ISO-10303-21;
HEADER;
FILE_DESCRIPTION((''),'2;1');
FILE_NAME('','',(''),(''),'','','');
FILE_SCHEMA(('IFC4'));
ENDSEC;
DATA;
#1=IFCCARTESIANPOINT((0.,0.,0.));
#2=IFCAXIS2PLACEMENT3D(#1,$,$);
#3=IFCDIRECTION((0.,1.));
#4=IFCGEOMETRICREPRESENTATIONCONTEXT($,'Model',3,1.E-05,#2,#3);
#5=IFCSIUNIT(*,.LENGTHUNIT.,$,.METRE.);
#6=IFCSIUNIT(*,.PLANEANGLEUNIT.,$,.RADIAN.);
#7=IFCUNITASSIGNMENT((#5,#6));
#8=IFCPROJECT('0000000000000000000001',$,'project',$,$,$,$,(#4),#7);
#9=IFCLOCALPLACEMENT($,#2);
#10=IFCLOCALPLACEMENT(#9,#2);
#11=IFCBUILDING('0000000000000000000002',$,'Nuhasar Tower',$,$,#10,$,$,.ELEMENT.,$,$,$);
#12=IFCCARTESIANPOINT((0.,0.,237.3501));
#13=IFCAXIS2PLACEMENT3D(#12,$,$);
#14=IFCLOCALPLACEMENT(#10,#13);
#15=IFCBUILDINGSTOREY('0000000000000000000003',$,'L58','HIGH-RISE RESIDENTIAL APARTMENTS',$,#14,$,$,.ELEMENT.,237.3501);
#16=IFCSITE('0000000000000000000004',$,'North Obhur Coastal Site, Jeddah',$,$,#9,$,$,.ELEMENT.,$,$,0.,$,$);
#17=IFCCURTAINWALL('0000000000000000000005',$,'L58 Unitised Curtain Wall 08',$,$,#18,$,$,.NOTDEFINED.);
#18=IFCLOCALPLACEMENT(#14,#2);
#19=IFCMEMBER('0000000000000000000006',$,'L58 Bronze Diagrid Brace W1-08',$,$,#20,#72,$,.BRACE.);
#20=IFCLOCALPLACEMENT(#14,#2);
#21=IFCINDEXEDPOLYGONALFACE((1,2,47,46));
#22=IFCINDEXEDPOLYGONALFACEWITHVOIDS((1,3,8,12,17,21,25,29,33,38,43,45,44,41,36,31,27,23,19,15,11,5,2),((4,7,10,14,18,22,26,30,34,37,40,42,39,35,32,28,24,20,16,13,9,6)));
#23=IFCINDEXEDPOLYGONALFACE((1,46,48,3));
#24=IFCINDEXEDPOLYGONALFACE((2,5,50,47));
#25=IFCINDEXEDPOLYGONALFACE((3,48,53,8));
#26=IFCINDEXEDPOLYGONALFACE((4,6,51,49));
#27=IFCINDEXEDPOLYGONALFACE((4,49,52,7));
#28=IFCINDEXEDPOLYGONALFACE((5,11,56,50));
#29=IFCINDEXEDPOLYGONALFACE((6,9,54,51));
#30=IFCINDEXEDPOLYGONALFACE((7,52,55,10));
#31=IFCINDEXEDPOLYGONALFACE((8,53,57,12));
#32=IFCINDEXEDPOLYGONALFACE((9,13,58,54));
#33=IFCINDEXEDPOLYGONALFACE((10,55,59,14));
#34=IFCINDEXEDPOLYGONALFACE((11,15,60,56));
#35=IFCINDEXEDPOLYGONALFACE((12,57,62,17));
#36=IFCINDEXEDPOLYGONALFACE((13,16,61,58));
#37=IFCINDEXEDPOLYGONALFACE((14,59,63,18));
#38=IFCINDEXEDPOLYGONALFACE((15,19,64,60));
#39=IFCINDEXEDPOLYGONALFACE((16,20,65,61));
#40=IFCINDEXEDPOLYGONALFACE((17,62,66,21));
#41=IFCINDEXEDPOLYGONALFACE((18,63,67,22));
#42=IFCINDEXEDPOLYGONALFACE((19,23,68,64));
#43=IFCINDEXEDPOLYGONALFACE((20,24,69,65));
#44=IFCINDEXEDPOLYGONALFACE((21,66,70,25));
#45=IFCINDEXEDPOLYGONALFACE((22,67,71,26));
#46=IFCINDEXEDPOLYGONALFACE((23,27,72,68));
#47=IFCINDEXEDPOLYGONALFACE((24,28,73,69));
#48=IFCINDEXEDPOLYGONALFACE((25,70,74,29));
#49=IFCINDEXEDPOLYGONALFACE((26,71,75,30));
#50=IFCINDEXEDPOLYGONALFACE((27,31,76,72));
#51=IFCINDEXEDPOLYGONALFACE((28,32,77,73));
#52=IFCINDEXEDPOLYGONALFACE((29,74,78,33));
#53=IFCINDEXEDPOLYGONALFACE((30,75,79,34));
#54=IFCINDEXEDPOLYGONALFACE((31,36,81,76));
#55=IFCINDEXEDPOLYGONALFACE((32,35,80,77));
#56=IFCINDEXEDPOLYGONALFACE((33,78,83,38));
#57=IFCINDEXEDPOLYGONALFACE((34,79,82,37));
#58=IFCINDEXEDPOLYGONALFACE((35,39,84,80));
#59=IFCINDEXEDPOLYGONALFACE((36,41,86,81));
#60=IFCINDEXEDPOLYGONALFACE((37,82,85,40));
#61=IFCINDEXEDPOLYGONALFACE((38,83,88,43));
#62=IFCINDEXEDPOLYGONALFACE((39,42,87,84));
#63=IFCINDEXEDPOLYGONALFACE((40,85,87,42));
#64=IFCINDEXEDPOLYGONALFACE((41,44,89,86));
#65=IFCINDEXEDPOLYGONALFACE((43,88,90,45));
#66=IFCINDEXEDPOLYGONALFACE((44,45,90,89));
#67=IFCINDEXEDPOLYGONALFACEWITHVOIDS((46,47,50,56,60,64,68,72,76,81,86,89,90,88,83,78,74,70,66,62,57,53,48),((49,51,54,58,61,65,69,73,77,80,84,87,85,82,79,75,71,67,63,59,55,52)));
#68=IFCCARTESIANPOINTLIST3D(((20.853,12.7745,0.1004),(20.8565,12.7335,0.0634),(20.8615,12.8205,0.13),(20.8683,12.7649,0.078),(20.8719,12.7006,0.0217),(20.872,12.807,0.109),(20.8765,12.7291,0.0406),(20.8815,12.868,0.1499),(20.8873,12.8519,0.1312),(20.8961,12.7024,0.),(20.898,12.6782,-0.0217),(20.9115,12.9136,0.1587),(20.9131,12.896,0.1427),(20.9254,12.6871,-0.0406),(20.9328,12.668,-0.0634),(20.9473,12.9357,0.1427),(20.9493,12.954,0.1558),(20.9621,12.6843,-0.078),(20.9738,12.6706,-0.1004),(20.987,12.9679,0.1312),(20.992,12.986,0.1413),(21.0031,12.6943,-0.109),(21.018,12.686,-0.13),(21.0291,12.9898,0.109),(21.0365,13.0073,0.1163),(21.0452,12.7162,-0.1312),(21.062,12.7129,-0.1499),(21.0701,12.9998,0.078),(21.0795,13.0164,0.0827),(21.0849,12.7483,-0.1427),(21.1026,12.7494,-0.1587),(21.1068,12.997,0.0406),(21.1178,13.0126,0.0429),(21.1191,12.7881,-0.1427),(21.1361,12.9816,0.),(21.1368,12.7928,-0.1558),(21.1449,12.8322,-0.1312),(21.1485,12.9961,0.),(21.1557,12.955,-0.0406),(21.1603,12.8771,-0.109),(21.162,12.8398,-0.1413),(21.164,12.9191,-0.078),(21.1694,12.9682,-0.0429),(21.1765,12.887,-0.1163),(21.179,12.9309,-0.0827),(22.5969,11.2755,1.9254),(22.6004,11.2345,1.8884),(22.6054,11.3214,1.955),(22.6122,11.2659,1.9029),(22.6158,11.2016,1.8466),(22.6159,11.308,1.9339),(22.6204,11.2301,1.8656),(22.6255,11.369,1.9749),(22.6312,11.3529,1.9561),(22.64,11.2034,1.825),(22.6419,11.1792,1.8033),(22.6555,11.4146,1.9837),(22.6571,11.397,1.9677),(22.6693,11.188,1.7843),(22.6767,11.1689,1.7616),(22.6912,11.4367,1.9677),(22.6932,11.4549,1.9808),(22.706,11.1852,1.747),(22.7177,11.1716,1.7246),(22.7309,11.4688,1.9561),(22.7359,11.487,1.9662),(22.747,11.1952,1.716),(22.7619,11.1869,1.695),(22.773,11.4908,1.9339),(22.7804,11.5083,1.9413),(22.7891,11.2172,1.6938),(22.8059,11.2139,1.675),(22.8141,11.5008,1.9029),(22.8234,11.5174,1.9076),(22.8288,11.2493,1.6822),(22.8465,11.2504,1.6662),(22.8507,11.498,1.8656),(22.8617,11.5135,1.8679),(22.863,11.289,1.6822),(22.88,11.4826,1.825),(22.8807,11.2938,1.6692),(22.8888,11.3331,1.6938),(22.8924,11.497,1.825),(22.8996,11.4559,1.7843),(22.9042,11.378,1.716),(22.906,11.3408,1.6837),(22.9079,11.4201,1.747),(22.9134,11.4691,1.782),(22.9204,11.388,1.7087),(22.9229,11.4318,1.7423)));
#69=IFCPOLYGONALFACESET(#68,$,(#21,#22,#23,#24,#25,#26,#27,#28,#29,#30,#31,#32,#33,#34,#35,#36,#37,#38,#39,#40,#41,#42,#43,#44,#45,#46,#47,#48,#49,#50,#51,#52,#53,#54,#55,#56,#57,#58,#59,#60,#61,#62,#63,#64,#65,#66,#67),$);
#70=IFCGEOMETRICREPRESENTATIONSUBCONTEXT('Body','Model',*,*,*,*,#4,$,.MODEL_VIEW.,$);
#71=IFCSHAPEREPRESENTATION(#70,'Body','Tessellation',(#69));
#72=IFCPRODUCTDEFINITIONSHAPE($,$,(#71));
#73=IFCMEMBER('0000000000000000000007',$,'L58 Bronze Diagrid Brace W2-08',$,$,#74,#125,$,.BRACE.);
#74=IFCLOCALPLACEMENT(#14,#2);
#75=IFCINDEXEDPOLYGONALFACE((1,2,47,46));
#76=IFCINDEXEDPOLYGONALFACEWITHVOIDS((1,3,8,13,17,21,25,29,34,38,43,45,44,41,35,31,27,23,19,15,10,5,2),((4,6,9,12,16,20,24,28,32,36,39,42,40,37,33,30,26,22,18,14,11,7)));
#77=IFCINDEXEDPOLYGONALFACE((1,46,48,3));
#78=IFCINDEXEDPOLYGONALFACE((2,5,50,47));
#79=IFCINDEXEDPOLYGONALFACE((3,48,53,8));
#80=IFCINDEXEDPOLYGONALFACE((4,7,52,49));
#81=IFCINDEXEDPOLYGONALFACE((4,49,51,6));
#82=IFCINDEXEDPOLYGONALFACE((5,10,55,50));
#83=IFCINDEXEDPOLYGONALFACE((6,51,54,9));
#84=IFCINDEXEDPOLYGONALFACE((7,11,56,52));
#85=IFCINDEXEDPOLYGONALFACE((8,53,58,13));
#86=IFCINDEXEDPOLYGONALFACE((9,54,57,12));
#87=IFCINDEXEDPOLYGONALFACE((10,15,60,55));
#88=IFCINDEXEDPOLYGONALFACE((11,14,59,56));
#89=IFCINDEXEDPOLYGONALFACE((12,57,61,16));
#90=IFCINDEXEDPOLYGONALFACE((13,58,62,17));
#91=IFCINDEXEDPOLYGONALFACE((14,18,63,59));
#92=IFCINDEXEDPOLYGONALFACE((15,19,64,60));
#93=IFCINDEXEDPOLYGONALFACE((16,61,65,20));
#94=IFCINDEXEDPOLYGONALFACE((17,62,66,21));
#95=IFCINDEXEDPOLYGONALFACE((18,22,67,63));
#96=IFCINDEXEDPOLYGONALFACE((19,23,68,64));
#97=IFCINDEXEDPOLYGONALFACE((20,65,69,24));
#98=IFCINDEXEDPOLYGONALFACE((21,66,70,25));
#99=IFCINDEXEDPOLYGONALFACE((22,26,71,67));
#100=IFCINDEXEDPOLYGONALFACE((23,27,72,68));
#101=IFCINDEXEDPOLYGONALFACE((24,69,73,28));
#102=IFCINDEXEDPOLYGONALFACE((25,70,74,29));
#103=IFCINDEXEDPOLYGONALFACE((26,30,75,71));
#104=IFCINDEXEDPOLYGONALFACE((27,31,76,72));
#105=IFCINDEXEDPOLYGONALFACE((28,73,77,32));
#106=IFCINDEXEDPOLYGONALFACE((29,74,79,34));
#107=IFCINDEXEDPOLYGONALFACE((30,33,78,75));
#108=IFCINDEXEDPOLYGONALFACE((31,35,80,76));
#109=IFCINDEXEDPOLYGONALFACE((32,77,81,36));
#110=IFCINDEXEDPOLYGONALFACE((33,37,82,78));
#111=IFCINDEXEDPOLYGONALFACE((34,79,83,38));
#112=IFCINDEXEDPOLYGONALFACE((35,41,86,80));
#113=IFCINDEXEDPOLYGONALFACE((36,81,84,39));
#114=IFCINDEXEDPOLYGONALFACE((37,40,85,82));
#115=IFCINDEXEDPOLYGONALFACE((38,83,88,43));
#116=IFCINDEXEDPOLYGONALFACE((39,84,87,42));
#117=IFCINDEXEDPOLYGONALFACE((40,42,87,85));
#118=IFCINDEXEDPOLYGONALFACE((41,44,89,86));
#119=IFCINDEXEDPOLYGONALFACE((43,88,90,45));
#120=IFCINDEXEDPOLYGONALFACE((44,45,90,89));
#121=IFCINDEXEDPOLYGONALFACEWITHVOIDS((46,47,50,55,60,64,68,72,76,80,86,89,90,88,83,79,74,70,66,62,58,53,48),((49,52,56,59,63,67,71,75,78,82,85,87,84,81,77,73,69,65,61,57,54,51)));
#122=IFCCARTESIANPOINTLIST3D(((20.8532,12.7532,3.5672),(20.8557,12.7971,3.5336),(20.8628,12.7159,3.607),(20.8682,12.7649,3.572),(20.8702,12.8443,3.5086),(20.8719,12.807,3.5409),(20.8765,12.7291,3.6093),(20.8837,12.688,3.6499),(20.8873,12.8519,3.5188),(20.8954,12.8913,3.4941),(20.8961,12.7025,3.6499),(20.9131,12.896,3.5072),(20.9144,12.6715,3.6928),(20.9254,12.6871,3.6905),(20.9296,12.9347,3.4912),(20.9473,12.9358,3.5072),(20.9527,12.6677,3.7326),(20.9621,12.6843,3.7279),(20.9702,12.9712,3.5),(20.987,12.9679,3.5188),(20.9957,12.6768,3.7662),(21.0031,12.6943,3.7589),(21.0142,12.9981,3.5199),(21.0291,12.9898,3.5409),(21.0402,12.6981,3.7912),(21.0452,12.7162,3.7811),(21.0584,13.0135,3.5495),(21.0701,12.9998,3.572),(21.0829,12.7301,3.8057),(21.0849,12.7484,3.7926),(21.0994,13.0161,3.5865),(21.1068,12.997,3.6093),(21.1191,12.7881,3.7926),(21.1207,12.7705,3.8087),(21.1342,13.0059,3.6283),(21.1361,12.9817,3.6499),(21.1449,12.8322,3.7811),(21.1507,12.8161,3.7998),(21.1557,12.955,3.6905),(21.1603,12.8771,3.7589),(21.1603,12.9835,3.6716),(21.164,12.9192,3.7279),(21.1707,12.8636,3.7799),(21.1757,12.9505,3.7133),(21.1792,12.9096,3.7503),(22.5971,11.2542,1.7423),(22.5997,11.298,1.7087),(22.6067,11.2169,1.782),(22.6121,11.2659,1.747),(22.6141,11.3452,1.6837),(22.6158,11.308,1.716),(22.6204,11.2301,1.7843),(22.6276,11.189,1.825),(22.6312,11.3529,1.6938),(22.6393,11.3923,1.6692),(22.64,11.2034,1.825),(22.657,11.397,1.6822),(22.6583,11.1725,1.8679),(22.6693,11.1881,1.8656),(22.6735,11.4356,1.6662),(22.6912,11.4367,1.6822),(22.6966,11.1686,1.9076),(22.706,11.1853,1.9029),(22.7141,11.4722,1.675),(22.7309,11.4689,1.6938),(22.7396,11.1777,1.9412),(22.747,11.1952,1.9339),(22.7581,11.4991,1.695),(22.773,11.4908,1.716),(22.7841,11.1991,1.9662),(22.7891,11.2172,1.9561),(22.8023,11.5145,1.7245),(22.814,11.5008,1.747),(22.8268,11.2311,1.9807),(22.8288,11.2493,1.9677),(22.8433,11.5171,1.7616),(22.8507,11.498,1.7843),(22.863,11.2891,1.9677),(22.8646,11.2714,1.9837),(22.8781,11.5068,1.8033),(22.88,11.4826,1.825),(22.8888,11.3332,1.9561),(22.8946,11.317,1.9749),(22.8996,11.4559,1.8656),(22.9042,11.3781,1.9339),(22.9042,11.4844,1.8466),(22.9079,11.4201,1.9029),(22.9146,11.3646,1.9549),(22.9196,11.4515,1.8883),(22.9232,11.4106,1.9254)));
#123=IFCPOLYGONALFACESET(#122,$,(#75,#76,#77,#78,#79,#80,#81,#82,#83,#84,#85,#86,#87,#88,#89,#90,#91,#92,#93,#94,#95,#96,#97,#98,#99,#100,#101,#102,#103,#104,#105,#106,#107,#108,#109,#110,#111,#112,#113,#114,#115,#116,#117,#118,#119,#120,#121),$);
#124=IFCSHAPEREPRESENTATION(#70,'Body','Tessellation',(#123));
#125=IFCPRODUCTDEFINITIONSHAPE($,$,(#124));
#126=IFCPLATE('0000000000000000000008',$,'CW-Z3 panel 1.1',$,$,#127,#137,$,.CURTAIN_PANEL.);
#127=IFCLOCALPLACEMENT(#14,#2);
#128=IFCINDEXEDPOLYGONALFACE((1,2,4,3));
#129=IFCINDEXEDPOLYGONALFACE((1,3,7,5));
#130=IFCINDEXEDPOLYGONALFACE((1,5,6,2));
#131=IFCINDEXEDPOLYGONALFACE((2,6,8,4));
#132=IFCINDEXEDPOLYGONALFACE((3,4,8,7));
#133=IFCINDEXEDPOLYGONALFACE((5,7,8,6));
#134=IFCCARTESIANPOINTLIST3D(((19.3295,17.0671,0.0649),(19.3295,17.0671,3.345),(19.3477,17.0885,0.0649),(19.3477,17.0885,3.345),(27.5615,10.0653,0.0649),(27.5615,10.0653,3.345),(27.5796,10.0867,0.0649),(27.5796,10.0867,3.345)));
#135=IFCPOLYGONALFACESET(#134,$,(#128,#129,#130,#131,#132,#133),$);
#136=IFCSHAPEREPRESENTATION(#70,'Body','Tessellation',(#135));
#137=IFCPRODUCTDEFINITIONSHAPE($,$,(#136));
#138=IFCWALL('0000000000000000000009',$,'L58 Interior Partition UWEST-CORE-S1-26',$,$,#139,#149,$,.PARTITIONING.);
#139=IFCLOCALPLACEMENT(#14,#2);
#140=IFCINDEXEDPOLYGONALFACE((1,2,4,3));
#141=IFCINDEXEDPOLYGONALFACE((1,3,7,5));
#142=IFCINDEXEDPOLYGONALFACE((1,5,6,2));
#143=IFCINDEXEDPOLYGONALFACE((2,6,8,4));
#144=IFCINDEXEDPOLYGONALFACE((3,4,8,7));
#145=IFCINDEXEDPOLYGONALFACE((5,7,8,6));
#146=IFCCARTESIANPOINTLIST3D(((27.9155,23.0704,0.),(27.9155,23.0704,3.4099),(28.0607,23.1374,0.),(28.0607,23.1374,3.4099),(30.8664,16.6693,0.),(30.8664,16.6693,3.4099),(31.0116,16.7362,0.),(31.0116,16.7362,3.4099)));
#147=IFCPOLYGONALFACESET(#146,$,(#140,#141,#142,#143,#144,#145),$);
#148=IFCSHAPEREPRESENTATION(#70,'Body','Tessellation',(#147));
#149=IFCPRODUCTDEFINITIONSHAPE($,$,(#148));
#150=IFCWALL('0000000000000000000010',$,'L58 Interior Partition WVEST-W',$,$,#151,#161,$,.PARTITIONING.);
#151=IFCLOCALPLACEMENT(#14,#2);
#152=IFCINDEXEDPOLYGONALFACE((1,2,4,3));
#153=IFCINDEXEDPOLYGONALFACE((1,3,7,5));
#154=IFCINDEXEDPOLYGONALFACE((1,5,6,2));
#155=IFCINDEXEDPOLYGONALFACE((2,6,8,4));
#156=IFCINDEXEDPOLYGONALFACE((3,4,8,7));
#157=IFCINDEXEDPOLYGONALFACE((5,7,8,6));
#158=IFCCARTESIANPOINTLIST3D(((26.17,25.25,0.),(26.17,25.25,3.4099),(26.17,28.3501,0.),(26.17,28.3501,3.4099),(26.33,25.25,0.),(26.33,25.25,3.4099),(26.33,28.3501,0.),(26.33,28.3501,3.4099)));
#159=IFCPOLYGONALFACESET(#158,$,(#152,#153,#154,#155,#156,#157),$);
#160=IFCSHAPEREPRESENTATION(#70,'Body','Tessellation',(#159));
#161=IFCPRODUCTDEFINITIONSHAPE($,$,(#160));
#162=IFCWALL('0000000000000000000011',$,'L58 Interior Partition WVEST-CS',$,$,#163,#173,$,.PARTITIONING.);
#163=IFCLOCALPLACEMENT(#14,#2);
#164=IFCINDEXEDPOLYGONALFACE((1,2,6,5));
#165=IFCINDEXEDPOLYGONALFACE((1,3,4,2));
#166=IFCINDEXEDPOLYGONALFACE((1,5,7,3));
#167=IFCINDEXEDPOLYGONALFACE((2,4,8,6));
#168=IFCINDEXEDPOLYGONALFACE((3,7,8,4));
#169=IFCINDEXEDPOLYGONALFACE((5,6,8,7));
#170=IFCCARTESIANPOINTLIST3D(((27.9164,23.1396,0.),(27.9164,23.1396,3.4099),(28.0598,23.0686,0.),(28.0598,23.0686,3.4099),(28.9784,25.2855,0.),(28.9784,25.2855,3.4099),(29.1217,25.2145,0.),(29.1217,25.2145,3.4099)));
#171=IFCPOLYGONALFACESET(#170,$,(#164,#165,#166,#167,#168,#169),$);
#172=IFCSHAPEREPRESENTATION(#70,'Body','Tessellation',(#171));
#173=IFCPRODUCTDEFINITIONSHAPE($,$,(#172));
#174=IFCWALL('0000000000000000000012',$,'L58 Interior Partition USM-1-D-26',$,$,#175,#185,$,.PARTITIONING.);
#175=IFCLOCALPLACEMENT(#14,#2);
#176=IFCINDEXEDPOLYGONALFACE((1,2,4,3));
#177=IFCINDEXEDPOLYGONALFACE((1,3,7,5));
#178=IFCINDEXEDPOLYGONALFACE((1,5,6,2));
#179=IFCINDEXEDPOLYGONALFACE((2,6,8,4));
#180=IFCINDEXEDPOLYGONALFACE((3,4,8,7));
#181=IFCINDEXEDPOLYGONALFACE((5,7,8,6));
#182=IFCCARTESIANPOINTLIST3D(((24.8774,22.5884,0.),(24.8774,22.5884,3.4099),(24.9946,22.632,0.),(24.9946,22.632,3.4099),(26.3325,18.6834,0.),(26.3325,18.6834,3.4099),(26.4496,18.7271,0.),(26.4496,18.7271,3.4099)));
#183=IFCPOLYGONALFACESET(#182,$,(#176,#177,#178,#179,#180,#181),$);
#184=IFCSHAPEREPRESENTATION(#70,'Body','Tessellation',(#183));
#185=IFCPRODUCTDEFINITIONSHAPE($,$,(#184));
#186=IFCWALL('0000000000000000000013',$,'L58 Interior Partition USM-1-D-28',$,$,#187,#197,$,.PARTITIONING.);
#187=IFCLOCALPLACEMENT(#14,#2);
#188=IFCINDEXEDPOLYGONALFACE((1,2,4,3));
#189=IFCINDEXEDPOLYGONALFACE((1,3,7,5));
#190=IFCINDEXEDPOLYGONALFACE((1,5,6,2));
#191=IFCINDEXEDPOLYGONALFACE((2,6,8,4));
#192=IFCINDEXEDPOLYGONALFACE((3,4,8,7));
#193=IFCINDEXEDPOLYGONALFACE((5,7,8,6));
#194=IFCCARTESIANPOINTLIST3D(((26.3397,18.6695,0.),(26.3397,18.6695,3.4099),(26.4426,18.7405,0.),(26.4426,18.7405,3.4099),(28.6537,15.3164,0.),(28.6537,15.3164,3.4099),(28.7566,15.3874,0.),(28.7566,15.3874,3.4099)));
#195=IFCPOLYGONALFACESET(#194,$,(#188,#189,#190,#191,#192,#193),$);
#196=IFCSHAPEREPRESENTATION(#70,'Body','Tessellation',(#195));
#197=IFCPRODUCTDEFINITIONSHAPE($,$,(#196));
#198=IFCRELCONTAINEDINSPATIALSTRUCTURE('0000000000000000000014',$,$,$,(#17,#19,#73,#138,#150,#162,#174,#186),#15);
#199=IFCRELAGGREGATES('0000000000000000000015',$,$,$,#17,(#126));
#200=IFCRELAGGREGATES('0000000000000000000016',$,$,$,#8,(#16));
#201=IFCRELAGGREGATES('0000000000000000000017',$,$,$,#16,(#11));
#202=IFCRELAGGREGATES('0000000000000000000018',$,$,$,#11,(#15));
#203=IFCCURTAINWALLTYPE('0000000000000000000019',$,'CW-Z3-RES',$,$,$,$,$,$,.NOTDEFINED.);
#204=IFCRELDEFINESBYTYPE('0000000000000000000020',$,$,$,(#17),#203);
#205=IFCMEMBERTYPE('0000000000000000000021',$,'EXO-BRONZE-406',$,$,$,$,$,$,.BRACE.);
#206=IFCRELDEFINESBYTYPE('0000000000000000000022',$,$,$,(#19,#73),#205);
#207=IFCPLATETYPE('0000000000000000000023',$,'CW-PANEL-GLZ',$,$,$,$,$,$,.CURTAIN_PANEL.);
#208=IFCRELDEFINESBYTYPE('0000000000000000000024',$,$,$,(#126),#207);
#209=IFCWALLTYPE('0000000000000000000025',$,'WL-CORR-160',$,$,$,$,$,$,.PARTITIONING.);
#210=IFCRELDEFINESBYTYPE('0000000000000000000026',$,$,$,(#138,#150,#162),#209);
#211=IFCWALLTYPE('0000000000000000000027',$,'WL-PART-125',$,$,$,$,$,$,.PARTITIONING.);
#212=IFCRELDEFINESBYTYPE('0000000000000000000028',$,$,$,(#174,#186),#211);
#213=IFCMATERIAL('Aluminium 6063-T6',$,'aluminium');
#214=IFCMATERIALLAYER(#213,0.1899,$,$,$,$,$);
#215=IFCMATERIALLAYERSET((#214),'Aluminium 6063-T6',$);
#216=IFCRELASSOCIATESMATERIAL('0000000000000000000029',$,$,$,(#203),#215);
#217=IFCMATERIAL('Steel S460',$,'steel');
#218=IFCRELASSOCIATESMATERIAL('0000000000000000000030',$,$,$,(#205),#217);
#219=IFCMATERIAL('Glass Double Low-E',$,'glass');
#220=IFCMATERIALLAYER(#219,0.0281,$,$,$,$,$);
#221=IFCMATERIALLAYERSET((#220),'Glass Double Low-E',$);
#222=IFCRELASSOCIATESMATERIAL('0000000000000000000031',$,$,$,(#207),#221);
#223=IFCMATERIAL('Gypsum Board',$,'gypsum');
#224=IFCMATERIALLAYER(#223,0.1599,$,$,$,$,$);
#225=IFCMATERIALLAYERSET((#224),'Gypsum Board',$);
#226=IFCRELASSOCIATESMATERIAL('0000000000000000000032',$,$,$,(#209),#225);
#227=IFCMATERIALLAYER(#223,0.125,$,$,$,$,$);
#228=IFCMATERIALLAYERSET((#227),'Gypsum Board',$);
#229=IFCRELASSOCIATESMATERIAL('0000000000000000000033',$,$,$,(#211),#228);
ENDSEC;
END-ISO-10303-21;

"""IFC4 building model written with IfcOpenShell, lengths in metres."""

from ifc_helpers import new_model, si_unit, direction, frame, frame_2d, origin, origin_2d, place, context, subcontext, project, spatial, rectangle, hollow_circle, extrude, material, layer, layer_set, material_profile, profile_set, type_object, element, aggregate, save


model = new_model("IFC4")

# Units and contexts
model_context = context("Model", 3, precision=1e-05, world=origin(), true_north=direction((0.0, 1.0)))
body_context = subcontext(model_context, "Body", "Model", "MODEL_VIEW")
ifc_project = project(units=[si_unit("LENGTHUNIT", "METRE"), si_unit("PLANEANGLEUNIT", "RADIAN")], contexts=[model_context])

# Site, building, storey
site_placement = place(None, origin())
site = spatial("IfcSite", under=ifc_project, at=site_placement, Name="North Obhur Coastal Site, Jeddah", CompositionType="ELEMENT", RefElevation=0.0)
building_placement = place(site_placement, origin())
building = spatial("IfcBuilding", under=site, at=building_placement, Name="Nuhasar Tower", CompositionType="ELEMENT")
storey_placement = place(building_placement, frame((0.0, 0.0, 237.3501)))
storey = spatial("IfcBuildingStorey", under=building, at=storey_placement, Name="L58", Description="HIGH-RISE RESIDENTIAL APARTMENTS", CompositionType="ELEMENT", Elevation=237.3501)

# Curtain wall
ifc_material_1 = material(Name="Aluminium 6063-T6", Category="aluminium")
ifc_layer_1 = layer(ifc_material_1, 0.1899)
ifc_layer_set_1 = layer_set([ifc_layer_1], Name="Aluminium 6063-T6")
curtain_wall_type = type_object("IfcCurtainWallType", Name="CW-Z3-RES", PredefinedType="NOTDEFINED", material=ifc_layer_set_1)
curtain_wall_1_placement = place(storey_placement, origin())
curtain_wall_1 = element("IfcCurtainWall", 1, at=curtain_wall_1_placement, inside=storey, type_object=curtain_wall_type, Name="L58 Unitised Curtain Wall 08", PredefinedType="NOTDEFINED")

# Members
ifc_material_2 = material(Name="Steel S460", Category="steel")
ifc_material_profile_1 = material_profile(ifc_material_2, hollow_circle(Radius=0.2031, WallThickness=0.019, at=origin_2d()), Name="HSS406.4X19.1")
ifc_profile_set_1 = profile_set([ifc_material_profile_1], Name="Steel S460")
member_type_1 = type_object("IfcMemberType", Name="EXO-BRONZE-406", PredefinedType="BRACE", material=ifc_profile_set_1)
for number, where, z_axis, x_axis, name in (
    (2, (21.0161, 12.842, 0.0), (0.594019, -0.510608, 0.621628), (0.651857, 0.758342, 0.0), "L58 Bronze Diagrid Brace W1-08"),
    (3, (22.76, 11.343, 1.825), (-0.594019, 0.510608, 0.621628), (-0.651857, -0.758342, 0.0), "L58 Bronze Diagrid Brace W2-08"),
):
    element("IfcMember", number, at=place(storey_placement, frame(where, z_axis=z_axis, x_axis=x_axis)), inside=storey, type_object=member_type_1, Name=name, PredefinedType="BRACE", context=body_context, shape_type="SweptSolid", body=[
        extrude(hollow_circle(Radius=0.2031, WallThickness=0.019, at=origin_2d()), origin(), (0.0, 0.0, 1.0), 2.9358),
    ])

# Plate
ifc_material_3 = material(Name="Glass Double Low-E", Category="glass")
ifc_layer_2 = layer(ifc_material_3, 0.0281)
ifc_layer_set_2 = layer_set([ifc_layer_2], Name="Glass Double Low-E")
plate_type = type_object("IfcPlateType", Name="CW-PANEL-GLZ", PredefinedType="CURTAIN_PANEL", material=ifc_layer_set_2)
plate_placement = place(storey_placement, frame((23.4546, 13.5769, 0.0649), z_axis=(0.0, 0.0, 1.0), x_axis=(0.761729, -0.647895, 0.0)))
plate = element("IfcPlate", 4, at=plate_placement, type_object=plate_type, Name="CW-Z3 panel 1.1", PredefinedType="CURTAIN_PANEL", context=body_context, shape_type="SweptSolid", body=[
    extrude(rectangle(XDim=10.8069, YDim=0.0281, at=origin_2d()), origin(), (0.0, 0.0, 1.0), 3.28),
])
aggregate(curtain_wall_1, [plate])

# Wall
ifc_material_4 = material(Name="Gypsum Board", Category="gypsum")
ifc_layer_3 = layer(ifc_material_4, 0.1599)
ifc_layer_set_3 = layer_set([ifc_layer_3], Name="Gypsum Board")
wall_type_1 = type_object("IfcWallType", Name="WL-CORR-160", PredefinedType="PARTITIONING", material=ifc_layer_set_3)
wall_1_placement = place(storey_placement, frame((27.988, 23.104, 0.0), z_axis=(0.0, 0.0, 1.0), x_axis=(0.418656, -0.908145, 0.0)))
element("IfcWall", 5, at=wall_1_placement, inside=storey, type_object=wall_type_1, Name="L58 Interior Partition UWEST-CORE-S1-26", PredefinedType="PARTITIONING", context=body_context, shape_type="SweptSolid", body=[
    extrude(rectangle(XDim=7.0486, YDim=0.1599, at=frame_2d((3.5244, 0.0))), origin(), (0.0, 0.0, 1.0), 3.4099),
])

# Walls
wall_2_placement = place(storey_placement, frame((26.25, 25.25, 0.0), z_axis=(0.0, 0.0, 1.0), x_axis=(0.0, 1.0, 0.0)))
element("IfcWall", 6, at=wall_2_placement, inside=storey, type_object=wall_type_1, Name="L58 Interior Partition WVEST-W", PredefinedType="PARTITIONING", context=body_context, shape_type="SweptSolid", body=[
    extrude(rectangle(XDim=3.1001, YDim=0.1599, at=frame_2d((1.55, 0.0))), origin(), (0.0, 0.0, 1.0), 3.4099),
])
wall_3_placement = place(storey_placement, frame((27.988, 23.104, 0.0), z_axis=(0.0, 0.0, 1.0), x_axis=(0.443539, 0.896255, 0.0)))
element("IfcWall", 7, at=wall_3_placement, inside=storey, type_object=wall_type_1, Name="L58 Interior Partition WVEST-CS", PredefinedType="PARTITIONING", context=body_context, shape_type="SweptSolid", body=[
    extrude(rectangle(XDim=2.3943, YDim=0.1599, at=frame_2d((1.1973, 0.0))), origin(), (0.0, 0.0, 1.0), 3.4099),
])
ifc_layer_4 = layer(ifc_material_4, 0.125)
ifc_layer_set_4 = layer_set([ifc_layer_4], Name="Gypsum Board")
wall_type_2 = type_object("IfcWallType", Name="WL-PART-125", PredefinedType="PARTITIONING", material=ifc_layer_set_4)
wall_4_placement = place(storey_placement, frame((24.936, 22.6101, 0.0), z_axis=(0.0, 0.0, 1.0), x_axis=(0.349165, -0.937061, 0.0)))
element("IfcWall", 8, at=wall_4_placement, inside=storey, type_object=wall_type_2, Name="L58 Interior Partition USM-1-D-26", PredefinedType="PARTITIONING", context=body_context, shape_type="SweptSolid", body=[
    extrude(rectangle(XDim=4.1672, YDim=0.125, at=frame_2d((2.0835, 0.0))), origin(), (0.0, 0.0, 1.0), 3.4099),
])
wall_5_placement = place(storey_placement, frame((26.3911, 18.7051, 0.0), z_axis=(0.0, 0.0, 1.0), x_axis=(0.567988, -0.823037, 0.0)))
element("IfcWall", 9, at=wall_5_placement, inside=storey, type_object=wall_type_2, Name="L58 Interior Partition USM-1-D-28", PredefinedType="PARTITIONING", context=body_context, shape_type="SweptSolid", body=[
    extrude(rectangle(XDim=4.074, YDim=0.125, at=frame_2d((2.0371, 0.0))), origin(), (0.0, 0.0, 1.0), 3.4099),
])

save(model, "model.ifc")
